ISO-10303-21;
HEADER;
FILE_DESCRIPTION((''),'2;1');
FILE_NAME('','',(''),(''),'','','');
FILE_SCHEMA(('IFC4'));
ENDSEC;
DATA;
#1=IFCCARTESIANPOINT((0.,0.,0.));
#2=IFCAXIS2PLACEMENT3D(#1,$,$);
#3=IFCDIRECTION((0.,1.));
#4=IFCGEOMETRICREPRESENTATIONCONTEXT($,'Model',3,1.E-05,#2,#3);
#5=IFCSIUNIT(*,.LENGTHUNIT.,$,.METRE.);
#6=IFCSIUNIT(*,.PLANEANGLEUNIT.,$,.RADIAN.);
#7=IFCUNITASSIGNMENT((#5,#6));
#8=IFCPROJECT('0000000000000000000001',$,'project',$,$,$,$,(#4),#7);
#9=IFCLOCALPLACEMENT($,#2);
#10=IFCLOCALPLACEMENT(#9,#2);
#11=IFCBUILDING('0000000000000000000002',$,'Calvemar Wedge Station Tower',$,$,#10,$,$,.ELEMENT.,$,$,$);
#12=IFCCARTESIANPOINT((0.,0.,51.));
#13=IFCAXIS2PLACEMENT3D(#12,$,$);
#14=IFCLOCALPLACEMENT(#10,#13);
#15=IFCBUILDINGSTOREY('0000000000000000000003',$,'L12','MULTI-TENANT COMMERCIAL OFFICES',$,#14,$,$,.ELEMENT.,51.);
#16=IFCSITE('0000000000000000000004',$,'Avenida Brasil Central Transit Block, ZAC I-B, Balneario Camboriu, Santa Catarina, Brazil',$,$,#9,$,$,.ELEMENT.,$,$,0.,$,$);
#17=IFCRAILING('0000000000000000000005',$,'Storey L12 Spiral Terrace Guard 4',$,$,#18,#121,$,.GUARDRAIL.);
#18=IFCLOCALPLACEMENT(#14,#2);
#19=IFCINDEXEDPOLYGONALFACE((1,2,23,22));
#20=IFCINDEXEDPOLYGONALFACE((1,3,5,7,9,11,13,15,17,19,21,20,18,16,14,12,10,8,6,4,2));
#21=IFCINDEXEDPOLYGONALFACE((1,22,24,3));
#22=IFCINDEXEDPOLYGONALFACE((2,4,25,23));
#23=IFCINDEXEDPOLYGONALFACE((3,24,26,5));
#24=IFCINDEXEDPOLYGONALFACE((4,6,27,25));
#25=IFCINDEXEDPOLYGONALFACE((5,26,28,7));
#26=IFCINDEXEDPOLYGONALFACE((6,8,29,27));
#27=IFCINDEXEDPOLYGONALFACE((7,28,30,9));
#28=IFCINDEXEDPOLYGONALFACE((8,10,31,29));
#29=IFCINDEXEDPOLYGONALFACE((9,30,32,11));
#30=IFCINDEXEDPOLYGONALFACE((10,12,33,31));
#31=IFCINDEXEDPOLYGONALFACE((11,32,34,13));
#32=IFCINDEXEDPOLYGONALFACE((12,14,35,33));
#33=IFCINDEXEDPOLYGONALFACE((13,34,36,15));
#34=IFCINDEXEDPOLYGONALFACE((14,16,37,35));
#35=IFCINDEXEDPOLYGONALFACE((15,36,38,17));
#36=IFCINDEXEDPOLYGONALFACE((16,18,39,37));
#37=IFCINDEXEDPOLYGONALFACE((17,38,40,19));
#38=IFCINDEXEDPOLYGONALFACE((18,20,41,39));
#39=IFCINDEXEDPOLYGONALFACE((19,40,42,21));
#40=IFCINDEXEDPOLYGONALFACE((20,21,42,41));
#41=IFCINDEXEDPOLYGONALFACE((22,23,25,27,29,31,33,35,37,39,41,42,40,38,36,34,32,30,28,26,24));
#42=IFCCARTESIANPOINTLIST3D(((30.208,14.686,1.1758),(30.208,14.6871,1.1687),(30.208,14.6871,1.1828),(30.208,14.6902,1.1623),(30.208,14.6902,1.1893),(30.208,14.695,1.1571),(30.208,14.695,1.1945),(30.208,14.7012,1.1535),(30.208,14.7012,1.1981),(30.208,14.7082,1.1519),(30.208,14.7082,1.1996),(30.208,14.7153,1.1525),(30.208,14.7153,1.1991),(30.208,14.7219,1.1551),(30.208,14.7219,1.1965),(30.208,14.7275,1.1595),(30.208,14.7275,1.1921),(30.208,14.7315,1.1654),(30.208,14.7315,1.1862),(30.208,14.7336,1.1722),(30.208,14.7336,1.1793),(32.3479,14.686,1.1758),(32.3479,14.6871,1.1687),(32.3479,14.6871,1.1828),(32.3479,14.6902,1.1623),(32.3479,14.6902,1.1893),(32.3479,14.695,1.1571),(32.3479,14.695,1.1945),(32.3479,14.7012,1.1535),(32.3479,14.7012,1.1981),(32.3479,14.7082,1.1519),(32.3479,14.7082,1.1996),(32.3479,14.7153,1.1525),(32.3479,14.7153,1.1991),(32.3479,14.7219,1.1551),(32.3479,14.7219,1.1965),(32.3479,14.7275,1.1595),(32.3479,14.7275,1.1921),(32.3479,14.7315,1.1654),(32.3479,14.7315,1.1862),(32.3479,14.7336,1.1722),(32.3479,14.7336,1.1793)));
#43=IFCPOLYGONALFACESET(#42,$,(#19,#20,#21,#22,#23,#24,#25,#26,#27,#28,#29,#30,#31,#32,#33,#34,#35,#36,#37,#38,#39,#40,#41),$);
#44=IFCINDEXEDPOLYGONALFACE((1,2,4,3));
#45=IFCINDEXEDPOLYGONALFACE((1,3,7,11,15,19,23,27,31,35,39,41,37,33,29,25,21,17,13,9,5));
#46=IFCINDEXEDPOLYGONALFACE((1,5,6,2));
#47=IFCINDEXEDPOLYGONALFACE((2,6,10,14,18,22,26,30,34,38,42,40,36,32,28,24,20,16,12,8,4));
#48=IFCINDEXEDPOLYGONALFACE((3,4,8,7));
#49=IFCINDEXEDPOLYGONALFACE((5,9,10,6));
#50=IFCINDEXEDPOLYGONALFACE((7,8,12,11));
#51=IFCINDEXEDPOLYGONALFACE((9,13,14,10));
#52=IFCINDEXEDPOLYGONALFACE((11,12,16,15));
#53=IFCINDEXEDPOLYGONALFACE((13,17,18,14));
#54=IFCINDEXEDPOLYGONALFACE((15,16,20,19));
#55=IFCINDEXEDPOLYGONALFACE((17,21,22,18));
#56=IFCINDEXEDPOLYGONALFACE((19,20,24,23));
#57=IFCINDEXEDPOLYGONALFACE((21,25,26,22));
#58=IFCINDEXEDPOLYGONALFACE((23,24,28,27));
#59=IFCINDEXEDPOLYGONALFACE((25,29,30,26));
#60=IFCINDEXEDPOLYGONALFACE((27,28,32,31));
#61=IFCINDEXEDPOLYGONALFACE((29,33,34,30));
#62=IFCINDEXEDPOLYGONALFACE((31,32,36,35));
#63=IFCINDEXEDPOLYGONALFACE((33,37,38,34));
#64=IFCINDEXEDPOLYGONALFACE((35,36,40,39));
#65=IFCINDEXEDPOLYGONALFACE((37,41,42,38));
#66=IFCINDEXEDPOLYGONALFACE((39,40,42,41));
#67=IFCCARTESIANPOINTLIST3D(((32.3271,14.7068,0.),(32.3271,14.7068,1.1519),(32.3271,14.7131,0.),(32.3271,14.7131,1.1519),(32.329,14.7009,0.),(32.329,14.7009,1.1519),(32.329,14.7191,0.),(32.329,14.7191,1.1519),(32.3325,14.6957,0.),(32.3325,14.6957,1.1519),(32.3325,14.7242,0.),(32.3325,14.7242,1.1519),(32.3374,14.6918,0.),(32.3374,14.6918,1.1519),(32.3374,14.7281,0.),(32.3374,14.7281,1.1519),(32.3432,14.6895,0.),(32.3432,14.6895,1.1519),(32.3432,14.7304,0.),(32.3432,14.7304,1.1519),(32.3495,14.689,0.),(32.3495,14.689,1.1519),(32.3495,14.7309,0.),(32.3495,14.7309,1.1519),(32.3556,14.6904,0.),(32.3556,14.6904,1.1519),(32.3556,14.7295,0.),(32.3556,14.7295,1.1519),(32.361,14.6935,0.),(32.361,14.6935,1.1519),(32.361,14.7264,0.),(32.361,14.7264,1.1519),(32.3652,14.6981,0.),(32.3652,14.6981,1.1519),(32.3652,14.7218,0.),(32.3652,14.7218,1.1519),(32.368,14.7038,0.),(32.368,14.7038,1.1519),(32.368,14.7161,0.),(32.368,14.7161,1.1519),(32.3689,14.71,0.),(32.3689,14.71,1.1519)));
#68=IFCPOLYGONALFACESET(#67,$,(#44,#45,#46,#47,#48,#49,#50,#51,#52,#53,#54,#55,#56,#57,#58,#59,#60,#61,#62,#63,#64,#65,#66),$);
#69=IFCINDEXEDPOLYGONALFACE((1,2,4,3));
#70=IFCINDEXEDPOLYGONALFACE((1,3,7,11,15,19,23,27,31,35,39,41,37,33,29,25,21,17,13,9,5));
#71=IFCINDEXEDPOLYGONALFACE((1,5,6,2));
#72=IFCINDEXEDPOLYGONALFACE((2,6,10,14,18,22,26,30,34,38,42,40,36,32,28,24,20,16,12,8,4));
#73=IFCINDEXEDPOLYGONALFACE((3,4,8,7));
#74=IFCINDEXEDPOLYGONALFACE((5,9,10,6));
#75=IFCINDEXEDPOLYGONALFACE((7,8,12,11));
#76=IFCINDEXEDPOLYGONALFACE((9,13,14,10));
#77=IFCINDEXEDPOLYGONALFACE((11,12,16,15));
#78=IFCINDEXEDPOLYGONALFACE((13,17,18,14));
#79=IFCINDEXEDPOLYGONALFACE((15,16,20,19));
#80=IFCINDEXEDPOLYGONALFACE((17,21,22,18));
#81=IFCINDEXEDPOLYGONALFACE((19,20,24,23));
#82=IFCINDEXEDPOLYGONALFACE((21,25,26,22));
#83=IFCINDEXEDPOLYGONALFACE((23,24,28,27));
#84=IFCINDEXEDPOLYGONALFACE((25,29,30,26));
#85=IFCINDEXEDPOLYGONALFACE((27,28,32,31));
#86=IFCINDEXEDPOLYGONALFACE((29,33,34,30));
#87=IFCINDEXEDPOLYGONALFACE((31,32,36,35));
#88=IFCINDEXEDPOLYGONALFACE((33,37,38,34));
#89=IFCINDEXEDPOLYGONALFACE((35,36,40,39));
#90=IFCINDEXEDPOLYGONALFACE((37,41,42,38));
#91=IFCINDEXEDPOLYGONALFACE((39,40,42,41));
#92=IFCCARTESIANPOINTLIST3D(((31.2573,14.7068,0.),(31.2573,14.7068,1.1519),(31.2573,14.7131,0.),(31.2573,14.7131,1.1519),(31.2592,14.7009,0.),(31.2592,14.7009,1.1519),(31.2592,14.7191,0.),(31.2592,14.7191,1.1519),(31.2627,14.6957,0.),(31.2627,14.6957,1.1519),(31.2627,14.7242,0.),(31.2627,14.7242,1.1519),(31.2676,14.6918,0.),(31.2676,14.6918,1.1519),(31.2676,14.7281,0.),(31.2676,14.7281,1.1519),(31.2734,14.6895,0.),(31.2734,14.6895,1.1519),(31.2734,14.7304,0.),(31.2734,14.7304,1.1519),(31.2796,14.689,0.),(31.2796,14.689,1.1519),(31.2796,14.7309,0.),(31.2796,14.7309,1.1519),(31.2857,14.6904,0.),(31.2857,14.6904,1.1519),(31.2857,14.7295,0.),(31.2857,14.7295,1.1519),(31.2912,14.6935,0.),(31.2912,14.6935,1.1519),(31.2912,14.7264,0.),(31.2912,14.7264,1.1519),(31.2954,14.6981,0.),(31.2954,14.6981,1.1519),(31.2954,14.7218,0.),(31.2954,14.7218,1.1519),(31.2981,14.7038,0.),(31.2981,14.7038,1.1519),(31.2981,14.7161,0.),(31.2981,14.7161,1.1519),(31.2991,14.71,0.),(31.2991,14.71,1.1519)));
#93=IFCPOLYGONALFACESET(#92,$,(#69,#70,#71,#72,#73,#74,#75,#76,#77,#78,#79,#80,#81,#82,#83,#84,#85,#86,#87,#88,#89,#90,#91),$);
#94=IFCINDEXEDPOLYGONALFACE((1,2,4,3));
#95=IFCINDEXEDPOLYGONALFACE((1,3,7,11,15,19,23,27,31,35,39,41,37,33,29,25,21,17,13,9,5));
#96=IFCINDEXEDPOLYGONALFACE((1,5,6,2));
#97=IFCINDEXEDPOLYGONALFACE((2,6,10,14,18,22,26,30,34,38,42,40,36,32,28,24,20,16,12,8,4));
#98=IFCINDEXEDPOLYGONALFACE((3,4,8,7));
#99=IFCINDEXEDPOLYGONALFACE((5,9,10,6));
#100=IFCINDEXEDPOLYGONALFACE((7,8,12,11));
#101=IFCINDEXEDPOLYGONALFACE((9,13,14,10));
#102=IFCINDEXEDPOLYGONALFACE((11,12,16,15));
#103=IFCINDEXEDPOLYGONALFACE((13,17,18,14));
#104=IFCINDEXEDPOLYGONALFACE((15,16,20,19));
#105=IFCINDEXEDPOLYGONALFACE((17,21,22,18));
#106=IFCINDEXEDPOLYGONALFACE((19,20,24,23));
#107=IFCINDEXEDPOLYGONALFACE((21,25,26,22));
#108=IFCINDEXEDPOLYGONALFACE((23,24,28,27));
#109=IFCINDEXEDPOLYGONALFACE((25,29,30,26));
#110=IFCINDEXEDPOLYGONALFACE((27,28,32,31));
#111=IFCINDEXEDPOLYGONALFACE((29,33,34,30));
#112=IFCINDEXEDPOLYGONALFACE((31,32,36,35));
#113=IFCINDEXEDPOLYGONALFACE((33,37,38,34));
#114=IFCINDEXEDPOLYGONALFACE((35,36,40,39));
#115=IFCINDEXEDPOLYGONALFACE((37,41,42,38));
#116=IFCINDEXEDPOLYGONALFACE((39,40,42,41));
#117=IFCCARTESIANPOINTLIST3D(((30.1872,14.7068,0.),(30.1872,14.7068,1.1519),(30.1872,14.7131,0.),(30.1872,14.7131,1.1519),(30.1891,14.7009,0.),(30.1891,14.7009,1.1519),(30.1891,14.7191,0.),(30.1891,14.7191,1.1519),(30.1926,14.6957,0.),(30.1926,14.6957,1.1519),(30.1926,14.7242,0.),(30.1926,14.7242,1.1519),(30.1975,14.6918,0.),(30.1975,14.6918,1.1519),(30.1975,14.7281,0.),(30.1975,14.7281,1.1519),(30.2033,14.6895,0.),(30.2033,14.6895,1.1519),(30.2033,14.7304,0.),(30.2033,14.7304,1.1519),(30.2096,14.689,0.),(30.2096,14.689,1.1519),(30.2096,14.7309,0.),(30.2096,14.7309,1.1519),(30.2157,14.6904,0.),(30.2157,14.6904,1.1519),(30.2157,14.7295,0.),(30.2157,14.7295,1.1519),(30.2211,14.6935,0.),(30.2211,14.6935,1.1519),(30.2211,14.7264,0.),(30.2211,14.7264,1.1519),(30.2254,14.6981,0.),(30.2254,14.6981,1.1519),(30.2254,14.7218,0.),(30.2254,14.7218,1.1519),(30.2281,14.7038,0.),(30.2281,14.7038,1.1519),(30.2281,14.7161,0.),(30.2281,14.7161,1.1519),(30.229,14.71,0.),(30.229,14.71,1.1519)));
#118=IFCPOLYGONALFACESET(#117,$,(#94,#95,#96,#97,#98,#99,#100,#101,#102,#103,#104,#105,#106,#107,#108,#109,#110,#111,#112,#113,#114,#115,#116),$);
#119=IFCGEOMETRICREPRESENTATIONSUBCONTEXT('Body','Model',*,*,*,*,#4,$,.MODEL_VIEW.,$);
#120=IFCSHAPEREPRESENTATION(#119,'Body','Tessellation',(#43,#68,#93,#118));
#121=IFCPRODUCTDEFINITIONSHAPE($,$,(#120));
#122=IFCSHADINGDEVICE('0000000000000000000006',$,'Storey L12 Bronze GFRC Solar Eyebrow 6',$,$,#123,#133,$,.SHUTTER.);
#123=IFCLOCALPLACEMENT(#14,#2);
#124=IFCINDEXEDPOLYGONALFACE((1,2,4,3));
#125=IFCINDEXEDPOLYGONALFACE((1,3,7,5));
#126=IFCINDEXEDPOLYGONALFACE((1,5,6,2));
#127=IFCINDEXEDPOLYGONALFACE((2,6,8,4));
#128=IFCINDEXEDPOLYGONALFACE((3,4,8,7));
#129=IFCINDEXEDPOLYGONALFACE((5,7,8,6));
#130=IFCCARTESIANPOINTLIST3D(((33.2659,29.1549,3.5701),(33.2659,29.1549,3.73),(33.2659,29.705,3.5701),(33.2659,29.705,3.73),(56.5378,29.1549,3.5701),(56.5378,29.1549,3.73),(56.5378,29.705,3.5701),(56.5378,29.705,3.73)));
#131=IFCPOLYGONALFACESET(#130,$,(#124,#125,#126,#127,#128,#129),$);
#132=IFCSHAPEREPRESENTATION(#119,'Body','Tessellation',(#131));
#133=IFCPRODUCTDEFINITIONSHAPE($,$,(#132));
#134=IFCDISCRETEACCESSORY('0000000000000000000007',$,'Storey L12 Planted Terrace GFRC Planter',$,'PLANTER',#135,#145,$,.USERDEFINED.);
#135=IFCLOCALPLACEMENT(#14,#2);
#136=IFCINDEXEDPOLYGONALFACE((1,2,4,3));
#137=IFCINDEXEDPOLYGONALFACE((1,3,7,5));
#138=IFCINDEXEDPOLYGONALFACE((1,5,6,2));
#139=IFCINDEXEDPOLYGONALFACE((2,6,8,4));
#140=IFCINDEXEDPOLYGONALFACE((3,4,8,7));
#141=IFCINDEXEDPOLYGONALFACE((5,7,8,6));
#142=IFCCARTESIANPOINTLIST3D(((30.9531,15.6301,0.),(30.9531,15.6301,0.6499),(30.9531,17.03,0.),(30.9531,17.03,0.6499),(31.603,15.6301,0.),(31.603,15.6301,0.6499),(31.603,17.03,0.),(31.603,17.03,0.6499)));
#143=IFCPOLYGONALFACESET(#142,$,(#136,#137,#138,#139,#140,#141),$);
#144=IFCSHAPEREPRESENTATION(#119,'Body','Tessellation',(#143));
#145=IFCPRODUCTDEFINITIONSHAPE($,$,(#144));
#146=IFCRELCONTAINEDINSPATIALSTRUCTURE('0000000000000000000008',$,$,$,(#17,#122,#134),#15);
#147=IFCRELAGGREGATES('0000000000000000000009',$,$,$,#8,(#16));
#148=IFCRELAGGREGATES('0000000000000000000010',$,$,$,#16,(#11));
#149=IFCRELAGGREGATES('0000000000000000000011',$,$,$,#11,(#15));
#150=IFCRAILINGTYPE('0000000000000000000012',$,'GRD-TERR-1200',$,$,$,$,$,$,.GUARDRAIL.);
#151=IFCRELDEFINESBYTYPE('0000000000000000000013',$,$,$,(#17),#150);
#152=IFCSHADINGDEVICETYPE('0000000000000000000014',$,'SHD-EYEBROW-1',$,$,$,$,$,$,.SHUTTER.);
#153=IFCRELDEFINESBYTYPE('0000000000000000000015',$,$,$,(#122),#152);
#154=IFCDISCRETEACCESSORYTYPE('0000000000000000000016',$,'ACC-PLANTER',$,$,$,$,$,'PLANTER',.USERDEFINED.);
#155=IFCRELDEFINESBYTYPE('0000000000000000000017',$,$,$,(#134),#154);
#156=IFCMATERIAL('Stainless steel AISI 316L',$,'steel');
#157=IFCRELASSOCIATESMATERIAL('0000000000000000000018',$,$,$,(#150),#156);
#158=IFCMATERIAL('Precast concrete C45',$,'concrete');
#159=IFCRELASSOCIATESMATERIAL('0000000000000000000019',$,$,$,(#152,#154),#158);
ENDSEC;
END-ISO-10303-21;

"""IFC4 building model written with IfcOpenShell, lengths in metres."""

from ifc_helpers import new_model, si_unit, direction, frame, frame_2d, origin, origin_2d, place, context, subcontext, project, spatial, rectangle, circle, extrude, source, transform, mapped, material, type_object, element, save


model = new_model("IFC4")

# Units and contexts
model_context = context("Model", 3, precision=1e-05, world=origin(), true_north=direction((0.0, 1.0)))
body_context = subcontext(model_context, "Body", "Model", "MODEL_VIEW")
ifc_project = project(units=[si_unit("LENGTHUNIT", "METRE"), si_unit("PLANEANGLEUNIT", "RADIAN")], contexts=[model_context])

# Site, building, storey
site_placement = place(None, origin())
site = spatial("IfcSite", under=ifc_project, at=site_placement, Name="Avenida Brasil Central Transit Block, ZAC I-B, Balneario Camboriu, Santa Catarina, Brazil", CompositionType="ELEMENT", RefElevation=0.0)
building_placement = place(site_placement, origin())
building = spatial("IfcBuilding", under=site, at=building_placement, Name="Calvemar Wedge Station Tower", CompositionType="ELEMENT")
storey_placement = place(building_placement, frame((0.0, 0.0, 51.0)))
storey = spatial("IfcBuildingStorey", under=building, at=storey_placement, Name="L12", Description="MULTI-TENANT COMMERCIAL OFFICES", CompositionType="ELEMENT", Elevation=51.0)

# Shared definitions
ifc_material_1 = material(Name="Precast concrete C45", Category="concrete")

# Railing
ifc_material_2 = material(Name="Stainless steel AISI 316L", Category="steel")
railing_type = type_object("IfcRailingType", Name="GRD-TERR-1200", PredefinedType="GUARDRAIL", material=ifc_material_2)
railing_1_placement = place(storey_placement, frame((32.3479, 14.71, 0.0)))
element("IfcRailing", 1, at=railing_1_placement, inside=storey, type_object=railing_type, Name="Storey L12 Spiral Terrace Guard 4", PredefinedType="GUARDRAIL", context=body_context, shape_type="SweptSolid", body=[
    extrude(circle(Radius=0.0239, at=origin_2d()), frame((0.0, 0.0, 1.1758), z_axis=(-1.0, 0.0, 0.0), x_axis=(0.0, -1.0, 0.0)), (0.0, 0.0, 1.0), 2.1399),
    extrude(circle(Radius=0.021, at=origin_2d()), origin(), (0.0, 0.0, 1.0), 1.1519),
    extrude(circle(Radius=0.021, at=origin_2d()), frame((-1.0698, 0.0, 0.0)), (0.0, 0.0, 1.0), 1.1519),
    extrude(circle(Radius=0.021, at=origin_2d()), frame((-2.1399, 0.0, 0.0)), (0.0, 0.0, 1.0), 1.1519),
])

# Shading device
shading_device_type = type_object("IfcShadingDeviceType", Name="SHD-EYEBROW-1", PredefinedType="SHUTTER", material=ifc_material_1)
shading_device_placement = place(storey_placement, frame((33.2659, 29.4299, 3.5701), z_axis=(0.0, 0.0, 1.0), x_axis=(1.0, 0.0, 0.0)))
element("IfcShadingDevice", 2, at=shading_device_placement, inside=storey, type_object=shading_device_type, Name="Storey L12 Bronze GFRC Solar Eyebrow 6", PredefinedType="SHUTTER", context=body_context, shape_type="SweptSolid", body=[
    extrude(rectangle(XDim=23.272, YDim=0.55, at=frame_2d((11.636, 0.0))), origin(), (0.0, 0.0, 1.0), 0.1599),
])

# Discrete accessory
discrete_accessory_type = type_object("IfcDiscreteAccessoryType", Name="ACC-PLANTER", ElementType="PLANTER", PredefinedType="USERDEFINED", material=ifc_material_1)
shared_shape_1 = source(origin(), body_context, "Body", "SweptSolid", [
    extrude(rectangle(XDim=0.6499, YDim=1.3999, at=origin_2d()), origin(), (0.0, 0.0, 1.0), 0.6499),
])
discrete_accessory_placement = place(storey_placement, frame((31.2781, 16.3301, 0.0), z_axis=(0.0, 0.0, 1.0), x_axis=(1.0, 0.0, 0.0)))
element("IfcDiscreteAccessory", 3, at=discrete_accessory_placement, inside=storey, type_object=discrete_accessory_type, Name="Storey L12 Planted Terrace GFRC Planter", ObjectType="PLANTER", PredefinedType="USERDEFINED", context=body_context, shape_type="MappedRepresentation", body=[
    mapped(shared_shape_1, transform((0.0, 0.0, 0.0), scale=1.0)),
])

save(model, "model.ifc")
